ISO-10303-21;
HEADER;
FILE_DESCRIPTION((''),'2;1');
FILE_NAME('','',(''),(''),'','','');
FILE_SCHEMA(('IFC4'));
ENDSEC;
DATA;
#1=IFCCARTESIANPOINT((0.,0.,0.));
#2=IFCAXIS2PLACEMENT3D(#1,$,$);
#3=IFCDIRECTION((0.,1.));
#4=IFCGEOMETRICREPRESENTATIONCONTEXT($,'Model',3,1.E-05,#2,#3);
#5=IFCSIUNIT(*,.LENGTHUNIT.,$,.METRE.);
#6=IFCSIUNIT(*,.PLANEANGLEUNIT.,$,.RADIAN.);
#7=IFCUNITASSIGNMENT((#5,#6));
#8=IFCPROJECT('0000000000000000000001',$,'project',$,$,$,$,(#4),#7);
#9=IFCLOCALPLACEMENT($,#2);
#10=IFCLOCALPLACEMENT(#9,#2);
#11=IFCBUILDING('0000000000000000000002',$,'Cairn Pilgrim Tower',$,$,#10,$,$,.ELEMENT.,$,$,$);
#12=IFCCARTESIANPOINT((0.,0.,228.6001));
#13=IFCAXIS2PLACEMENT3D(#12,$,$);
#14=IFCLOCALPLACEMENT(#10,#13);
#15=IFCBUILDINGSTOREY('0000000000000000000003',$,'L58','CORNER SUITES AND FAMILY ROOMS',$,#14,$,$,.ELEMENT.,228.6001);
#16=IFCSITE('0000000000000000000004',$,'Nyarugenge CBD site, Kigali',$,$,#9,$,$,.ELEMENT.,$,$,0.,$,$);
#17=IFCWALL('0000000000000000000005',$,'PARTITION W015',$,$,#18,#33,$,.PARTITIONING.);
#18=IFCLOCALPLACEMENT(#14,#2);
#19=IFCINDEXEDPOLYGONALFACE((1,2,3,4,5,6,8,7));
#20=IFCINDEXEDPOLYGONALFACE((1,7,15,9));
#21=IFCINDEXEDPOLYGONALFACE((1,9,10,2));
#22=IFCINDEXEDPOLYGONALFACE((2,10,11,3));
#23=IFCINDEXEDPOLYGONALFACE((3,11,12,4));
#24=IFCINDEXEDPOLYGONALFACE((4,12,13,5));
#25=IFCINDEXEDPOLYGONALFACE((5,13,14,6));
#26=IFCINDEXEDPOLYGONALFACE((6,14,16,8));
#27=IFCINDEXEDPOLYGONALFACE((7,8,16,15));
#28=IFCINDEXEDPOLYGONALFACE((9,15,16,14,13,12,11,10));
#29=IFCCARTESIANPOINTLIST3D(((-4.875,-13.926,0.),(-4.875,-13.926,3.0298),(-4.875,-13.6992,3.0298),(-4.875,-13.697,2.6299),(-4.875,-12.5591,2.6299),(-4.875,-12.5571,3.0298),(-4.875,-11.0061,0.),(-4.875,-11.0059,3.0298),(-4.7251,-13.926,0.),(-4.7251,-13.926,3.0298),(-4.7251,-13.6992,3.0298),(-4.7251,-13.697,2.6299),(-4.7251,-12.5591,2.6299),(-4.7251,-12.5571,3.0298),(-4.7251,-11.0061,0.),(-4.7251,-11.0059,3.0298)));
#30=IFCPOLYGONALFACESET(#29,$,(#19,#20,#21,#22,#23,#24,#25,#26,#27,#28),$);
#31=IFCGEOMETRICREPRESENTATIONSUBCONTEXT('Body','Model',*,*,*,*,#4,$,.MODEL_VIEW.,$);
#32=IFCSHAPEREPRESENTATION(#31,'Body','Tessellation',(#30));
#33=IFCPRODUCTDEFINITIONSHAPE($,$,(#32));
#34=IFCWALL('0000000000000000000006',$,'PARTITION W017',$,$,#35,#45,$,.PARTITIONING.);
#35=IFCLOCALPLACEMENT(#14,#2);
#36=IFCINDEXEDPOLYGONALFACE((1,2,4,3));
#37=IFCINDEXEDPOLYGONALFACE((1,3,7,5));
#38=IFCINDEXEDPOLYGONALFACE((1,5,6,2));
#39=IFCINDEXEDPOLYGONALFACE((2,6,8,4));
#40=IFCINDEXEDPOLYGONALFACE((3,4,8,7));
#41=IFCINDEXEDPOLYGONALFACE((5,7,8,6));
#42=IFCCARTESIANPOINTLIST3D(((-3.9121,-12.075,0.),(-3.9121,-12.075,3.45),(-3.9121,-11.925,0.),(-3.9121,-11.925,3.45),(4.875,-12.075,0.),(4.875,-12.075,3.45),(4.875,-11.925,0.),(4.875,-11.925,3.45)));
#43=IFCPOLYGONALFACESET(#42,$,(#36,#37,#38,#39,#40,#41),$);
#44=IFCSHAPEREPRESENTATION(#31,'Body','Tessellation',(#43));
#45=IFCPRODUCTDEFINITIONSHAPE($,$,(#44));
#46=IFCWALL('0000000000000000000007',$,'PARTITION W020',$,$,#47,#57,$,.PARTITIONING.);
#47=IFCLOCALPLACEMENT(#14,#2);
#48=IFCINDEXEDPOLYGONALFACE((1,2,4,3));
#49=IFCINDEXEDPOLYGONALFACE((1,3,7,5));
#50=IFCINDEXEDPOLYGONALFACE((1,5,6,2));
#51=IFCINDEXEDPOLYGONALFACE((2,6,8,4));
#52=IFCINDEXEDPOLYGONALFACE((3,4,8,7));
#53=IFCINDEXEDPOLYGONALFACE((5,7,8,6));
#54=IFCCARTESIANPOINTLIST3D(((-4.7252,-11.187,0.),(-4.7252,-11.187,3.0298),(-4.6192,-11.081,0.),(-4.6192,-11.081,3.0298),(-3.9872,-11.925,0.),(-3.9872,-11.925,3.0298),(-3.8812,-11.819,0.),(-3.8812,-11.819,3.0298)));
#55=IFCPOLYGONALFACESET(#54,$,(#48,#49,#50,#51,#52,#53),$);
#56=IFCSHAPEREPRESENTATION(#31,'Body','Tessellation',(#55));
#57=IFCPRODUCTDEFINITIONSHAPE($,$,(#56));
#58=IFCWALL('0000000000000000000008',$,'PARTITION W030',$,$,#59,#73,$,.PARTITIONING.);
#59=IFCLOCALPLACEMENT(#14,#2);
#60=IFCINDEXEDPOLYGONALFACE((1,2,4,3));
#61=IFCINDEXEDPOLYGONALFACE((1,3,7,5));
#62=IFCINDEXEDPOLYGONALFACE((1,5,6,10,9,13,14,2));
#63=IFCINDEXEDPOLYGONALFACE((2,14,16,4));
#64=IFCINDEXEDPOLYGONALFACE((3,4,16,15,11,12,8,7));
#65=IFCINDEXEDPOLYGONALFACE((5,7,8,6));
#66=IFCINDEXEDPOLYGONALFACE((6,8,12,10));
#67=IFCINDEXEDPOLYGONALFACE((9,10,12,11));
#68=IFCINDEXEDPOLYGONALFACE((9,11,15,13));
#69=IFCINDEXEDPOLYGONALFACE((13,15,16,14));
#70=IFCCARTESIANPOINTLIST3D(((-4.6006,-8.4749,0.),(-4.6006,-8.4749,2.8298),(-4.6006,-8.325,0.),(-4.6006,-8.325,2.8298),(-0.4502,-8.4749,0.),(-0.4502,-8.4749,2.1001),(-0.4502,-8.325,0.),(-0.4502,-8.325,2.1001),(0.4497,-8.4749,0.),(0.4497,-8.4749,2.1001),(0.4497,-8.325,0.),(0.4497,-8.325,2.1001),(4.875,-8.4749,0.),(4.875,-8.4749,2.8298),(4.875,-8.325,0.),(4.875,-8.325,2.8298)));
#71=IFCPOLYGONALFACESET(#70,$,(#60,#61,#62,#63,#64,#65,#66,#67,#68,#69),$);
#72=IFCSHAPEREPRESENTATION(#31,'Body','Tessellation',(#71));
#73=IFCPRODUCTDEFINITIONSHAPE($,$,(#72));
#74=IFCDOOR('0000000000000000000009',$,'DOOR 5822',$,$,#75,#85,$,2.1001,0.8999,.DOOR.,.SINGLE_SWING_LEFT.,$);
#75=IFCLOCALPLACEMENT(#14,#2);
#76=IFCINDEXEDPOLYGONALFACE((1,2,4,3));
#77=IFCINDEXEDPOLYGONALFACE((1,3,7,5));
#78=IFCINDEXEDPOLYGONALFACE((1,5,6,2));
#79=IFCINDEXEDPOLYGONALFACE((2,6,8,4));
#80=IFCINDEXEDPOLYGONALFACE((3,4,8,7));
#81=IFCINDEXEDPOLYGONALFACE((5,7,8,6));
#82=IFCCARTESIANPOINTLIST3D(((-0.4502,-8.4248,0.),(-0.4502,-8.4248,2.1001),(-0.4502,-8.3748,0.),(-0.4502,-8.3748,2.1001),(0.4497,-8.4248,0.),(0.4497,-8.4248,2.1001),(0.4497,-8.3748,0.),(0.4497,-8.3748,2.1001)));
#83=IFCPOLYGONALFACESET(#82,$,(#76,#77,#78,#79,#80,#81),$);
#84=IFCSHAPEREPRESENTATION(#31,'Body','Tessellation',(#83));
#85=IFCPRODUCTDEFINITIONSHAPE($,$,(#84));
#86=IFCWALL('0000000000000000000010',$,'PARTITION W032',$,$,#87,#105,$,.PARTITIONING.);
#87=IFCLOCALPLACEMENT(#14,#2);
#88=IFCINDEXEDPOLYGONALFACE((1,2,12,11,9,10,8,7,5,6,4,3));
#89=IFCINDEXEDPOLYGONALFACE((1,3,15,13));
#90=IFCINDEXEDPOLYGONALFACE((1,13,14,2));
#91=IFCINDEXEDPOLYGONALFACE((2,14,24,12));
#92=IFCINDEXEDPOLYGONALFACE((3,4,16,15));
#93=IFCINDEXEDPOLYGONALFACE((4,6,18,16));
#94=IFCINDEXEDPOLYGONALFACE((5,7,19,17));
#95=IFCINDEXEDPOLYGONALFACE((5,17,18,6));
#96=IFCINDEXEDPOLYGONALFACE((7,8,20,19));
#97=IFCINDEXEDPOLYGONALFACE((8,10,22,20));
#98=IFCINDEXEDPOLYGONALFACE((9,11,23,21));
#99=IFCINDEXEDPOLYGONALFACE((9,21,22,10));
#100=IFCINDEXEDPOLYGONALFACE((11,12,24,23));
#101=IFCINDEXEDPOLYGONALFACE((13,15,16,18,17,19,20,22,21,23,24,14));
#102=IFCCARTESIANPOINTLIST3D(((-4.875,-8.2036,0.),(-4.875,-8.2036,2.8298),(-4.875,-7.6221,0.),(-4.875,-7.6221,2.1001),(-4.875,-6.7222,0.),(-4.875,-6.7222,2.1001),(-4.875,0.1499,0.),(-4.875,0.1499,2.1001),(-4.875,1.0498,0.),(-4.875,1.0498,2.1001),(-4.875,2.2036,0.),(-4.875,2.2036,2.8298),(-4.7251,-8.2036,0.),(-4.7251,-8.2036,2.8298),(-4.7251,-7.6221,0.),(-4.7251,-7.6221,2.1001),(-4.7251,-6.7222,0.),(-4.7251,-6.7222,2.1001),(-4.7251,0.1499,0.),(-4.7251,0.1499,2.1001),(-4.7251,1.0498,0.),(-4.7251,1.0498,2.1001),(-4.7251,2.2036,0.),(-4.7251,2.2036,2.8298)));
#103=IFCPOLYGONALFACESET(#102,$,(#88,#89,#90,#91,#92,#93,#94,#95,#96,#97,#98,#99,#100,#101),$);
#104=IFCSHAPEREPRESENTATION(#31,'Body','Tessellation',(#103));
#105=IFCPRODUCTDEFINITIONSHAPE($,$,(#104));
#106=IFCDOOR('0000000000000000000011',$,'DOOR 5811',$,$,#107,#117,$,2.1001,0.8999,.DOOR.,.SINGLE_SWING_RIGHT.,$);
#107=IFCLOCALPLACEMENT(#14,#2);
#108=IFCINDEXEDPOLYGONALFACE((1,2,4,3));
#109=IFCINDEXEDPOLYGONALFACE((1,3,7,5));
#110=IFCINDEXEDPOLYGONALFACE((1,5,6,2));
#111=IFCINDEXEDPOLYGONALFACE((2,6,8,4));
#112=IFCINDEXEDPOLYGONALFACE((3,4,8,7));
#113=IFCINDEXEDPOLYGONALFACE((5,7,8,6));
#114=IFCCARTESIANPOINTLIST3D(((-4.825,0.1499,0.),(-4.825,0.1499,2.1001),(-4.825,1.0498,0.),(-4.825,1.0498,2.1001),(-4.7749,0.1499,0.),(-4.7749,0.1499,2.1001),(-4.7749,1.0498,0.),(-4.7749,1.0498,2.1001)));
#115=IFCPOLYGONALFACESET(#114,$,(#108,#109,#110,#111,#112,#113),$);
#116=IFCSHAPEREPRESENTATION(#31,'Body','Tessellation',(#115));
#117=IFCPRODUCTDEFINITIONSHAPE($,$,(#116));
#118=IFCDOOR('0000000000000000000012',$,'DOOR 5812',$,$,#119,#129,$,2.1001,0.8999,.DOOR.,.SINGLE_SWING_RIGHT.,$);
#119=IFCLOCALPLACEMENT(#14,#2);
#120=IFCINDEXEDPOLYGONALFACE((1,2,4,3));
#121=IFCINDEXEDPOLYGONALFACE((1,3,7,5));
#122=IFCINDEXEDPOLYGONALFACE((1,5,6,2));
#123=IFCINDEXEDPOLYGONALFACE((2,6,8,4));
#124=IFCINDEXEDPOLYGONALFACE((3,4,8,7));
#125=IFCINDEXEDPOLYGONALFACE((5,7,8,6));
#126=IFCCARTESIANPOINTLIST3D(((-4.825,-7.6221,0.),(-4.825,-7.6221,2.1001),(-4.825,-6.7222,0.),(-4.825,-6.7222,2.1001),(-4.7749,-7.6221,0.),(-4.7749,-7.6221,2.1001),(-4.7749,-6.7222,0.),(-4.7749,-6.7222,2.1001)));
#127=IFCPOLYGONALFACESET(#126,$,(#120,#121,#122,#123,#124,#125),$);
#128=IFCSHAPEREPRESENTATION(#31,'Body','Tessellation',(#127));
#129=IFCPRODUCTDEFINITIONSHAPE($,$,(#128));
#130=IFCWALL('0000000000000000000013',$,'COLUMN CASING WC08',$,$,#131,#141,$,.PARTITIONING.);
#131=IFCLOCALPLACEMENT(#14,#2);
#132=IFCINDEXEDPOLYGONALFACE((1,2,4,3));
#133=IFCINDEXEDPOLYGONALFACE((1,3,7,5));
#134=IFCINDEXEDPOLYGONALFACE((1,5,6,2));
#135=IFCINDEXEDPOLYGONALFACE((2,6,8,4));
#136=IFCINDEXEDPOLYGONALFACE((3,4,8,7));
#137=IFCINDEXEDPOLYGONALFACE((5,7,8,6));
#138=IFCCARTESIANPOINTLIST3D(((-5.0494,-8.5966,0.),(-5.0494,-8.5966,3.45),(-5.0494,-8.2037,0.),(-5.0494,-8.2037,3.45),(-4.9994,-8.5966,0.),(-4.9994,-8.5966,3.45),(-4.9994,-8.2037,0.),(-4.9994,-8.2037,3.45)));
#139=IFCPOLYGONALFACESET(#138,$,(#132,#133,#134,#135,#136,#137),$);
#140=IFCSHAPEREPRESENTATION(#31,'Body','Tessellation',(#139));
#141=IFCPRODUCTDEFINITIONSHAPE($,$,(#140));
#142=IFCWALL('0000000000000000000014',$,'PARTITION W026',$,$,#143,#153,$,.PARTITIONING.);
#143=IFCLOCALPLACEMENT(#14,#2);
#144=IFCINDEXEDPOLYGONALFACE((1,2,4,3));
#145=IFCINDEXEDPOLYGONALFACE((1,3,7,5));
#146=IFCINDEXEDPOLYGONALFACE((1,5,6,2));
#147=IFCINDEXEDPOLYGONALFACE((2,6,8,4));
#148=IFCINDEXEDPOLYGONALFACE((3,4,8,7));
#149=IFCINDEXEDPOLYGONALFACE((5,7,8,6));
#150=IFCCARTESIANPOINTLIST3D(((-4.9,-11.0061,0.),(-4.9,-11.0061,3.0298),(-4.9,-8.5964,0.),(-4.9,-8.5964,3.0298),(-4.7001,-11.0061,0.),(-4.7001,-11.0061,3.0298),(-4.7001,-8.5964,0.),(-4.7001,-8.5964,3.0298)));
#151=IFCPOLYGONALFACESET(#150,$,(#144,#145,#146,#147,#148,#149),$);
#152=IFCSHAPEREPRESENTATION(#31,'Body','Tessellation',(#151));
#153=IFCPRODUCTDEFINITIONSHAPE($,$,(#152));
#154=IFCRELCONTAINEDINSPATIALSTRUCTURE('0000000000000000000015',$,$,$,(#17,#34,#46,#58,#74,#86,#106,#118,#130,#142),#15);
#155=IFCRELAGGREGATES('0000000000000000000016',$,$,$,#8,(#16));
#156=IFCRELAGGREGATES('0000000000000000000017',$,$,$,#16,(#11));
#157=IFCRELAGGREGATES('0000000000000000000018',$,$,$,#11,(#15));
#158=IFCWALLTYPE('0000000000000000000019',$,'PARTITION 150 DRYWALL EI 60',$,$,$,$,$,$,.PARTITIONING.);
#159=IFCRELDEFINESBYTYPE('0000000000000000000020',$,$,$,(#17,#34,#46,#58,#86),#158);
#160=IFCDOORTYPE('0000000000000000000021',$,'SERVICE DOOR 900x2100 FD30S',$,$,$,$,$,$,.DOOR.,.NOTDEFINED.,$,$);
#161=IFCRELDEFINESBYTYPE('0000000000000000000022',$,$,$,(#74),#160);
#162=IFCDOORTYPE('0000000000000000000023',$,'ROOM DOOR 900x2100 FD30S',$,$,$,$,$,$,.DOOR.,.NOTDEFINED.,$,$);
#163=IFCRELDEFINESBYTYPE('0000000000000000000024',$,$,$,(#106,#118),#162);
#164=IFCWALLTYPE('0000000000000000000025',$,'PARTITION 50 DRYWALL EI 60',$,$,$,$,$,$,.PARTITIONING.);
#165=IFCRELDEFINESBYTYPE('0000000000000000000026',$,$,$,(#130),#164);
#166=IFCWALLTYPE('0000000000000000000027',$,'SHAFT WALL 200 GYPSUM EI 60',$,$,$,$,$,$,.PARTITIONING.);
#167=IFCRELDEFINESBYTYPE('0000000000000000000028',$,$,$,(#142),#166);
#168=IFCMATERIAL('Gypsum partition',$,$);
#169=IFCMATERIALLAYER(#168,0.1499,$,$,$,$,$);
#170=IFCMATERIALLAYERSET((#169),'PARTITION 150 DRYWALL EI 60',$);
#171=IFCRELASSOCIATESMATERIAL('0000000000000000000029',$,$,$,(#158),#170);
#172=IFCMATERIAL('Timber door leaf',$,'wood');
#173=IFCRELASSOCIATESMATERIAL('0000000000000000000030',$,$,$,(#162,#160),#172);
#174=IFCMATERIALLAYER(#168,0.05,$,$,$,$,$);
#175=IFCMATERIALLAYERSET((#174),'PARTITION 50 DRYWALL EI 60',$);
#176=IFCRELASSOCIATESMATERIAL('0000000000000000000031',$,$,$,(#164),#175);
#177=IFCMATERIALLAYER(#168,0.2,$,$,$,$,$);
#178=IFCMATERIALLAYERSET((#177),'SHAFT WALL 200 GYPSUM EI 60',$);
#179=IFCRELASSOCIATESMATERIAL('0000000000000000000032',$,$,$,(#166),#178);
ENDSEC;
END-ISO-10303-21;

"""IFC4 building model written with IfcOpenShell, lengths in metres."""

from ifc_helpers import new_model, si_unit, direction, frame, frame_2d, origin, place, context, subcontext, project, spatial, polyline, rectangle, outline, extrude, material, layer, layer_set, type_object, element, fill, save


model = new_model("IFC4")

# Units and contexts
model_context = context("Model", 3, precision=1e-05, world=origin(), true_north=direction((0.0, 1.0)))
body_context = subcontext(model_context, "Body", "Model", "MODEL_VIEW")
ifc_project = project(units=[si_unit("LENGTHUNIT", "METRE"), si_unit("PLANEANGLEUNIT", "RADIAN")], contexts=[model_context])

# Site, building, storey
site_placement = place(None, origin())
site = spatial("IfcSite", under=ifc_project, at=site_placement, Name="Nyarugenge CBD site, Kigali", CompositionType="ELEMENT", RefElevation=0.0)
building_placement = place(site_placement, origin())
building = spatial("IfcBuilding", under=site, at=building_placement, Name="Cairn Pilgrim Tower", CompositionType="ELEMENT")
storey_placement = place(building_placement, frame((0.0, 0.0, 228.6001)))
storey = spatial("IfcBuildingStorey", under=building, at=storey_placement, Name="L58", Description="CORNER SUITES AND FAMILY ROOMS", CompositionType="ELEMENT", Elevation=228.6001)

# Shared definitions
ifc_material_1 = material(Name="Gypsum partition")
ifc_layer_1 = layer(ifc_material_1, 0.1499)
ifc_layer_set_1 = layer_set([ifc_layer_1], Name="PARTITION 150 DRYWALL EI 60")
wall_type_1 = type_object("IfcWallType", Name="PARTITION 150 DRYWALL EI 60", PredefinedType="PARTITIONING", material=ifc_layer_set_1)
ifc_material_2 = material(Name="Timber door leaf", Category="wood")
door_type_1 = type_object("IfcDoorType", Name="ROOM DOOR 900x2100 FD30S", OperationType="NOTDEFINED", PredefinedType="DOOR", material=ifc_material_2)

# Walls
wall_1_placement = place(storey_placement, frame((-4.8, -13.926, 0.0), z_axis=(0.0, 0.0, 1.0), x_axis=(0.0, 1.0, 0.0)))
element("IfcWall", 1, at=wall_1_placement, inside=storey, type_object=wall_type_1, Name="PARTITION W015", PredefinedType="PARTITIONING", context=body_context, shape_type="SweptSolid", body=[
    extrude(outline(polyline([(0.0, 0.0), (2.9199, 0.0), (2.9202, 3.0298), (1.3689, 3.0298), (1.3669, 2.6299), (0.229, 2.6299), (0.2268, 3.0298), (0.0, 3.0298), (0.0, 0.0)])), frame((0.0, 0.075, 0.0), z_axis=(0.0, -1.0, 0.0), x_axis=(1.0, 0.0, 0.0)), (0.0, 0.0, 1.0), 0.1499),
])
wall_2_placement = place(storey_placement, frame((-3.9121, -12.0, 0.0), z_axis=(0.0, 0.0, 1.0), x_axis=(1.0, 0.0, 0.0)))
element("IfcWall", 2, at=wall_2_placement, inside=storey, type_object=wall_type_1, Name="PARTITION W017", PredefinedType="PARTITIONING", context=body_context, shape_type="SweptSolid", body=[
    extrude(rectangle(XDim=8.7871, YDim=0.1499, at=frame_2d((4.3936, 0.0))), origin(), (0.0, 0.0, 1.0), 3.45),
])
wall_3_placement = place(storey_placement, frame((-3.9341, -11.8721, 0.0), z_axis=(0.0, 0.0, 1.0), x_axis=(-0.707107, 0.707107, 0.0)))
element("IfcWall", 3, at=wall_3_placement, inside=storey, type_object=wall_type_1, Name="PARTITION W020", PredefinedType="PARTITIONING", context=body_context, shape_type="SweptSolid", body=[
    extrude(rectangle(XDim=1.0437, YDim=0.1499, at=frame_2d((0.522, 0.0))), origin(), (0.0, 0.0, 1.0), 3.0298),
])

# Wall, opening, door
wall_4_placement = place(storey_placement, frame((-4.6006, -8.3999, 0.0), z_axis=(0.0, 0.0, 1.0), x_axis=(1.0, 0.0, 0.0)))
wall_4 = element("IfcWall", 4, at=wall_4_placement, inside=storey, type_object=wall_type_1, Name="PARTITION W030", PredefinedType="PARTITIONING", context=body_context, shape_type="SweptSolid", body=[
    extrude(rectangle(XDim=9.4756, YDim=0.1499, at=frame_2d((4.7378, 0.0))), origin(), (0.0, 0.0, 1.0), 2.8298),
])
opening_1_placement = place(wall_4_placement, frame((4.1504, 0.0, 0.0)))
opening_1 = element("IfcOpeningElement", 5, at=opening_1_placement, cuts=wall_4, PredefinedType="OPENING", context=body_context, shape_type="SweptSolid", body=[
    extrude(rectangle(XDim=0.8999, YDim=2.1001, at=frame_2d((0.45, 1.05))), frame((0.0, 0.085, 0.0), z_axis=(0.0, -1.0, 0.0), x_axis=(1.0, 0.0, 0.0)), (0.0, 0.0, 1.0), 0.1699),
])
door_type_2 = type_object("IfcDoorType", Name="SERVICE DOOR 900x2100 FD30S", OperationType="NOTDEFINED", PredefinedType="DOOR", material=ifc_material_2)
door_1_placement = place(opening_1_placement, frame((0.8999, 0.0, 0.0), z_axis=(0.0, 0.0, 1.0), x_axis=(-1.0, 0.0, 0.0)))
door_1 = element("IfcDoor", 6, at=door_1_placement, inside=storey, type_object=door_type_2, Name="DOOR 5822", OperationType="SINGLE_SWING_LEFT", OverallHeight=2.1001, OverallWidth=0.8999, PredefinedType="DOOR", context=body_context, shape_type="SweptSolid", body=[
    extrude(rectangle(XDim=0.8999, YDim=2.1001, at=frame_2d((0.45, 1.05))), frame((0.0, 0.0249, 0.0), z_axis=(0.0, -1.0, 0.0), x_axis=(1.0, 0.0, 0.0)), (0.0, 0.0, 1.0), 0.05),
])
fill(opening_1, door_1)

# Wall, openings, doors
wall_5_placement = place(storey_placement, frame((-4.8, -8.2036, 0.0), z_axis=(0.0, 0.0, 1.0), x_axis=(0.0, 1.0, 0.0)))
wall_5 = element("IfcWall", 7, at=wall_5_placement, inside=storey, type_object=wall_type_1, Name="PARTITION W032", PredefinedType="PARTITIONING", context=body_context, shape_type="SweptSolid", body=[
    extrude(rectangle(XDim=10.4072, YDim=0.1499, at=frame_2d((5.2036, 0.0))), origin(), (0.0, 0.0, 1.0), 2.8298),
])
opening_2_placement = place(wall_5_placement, frame((8.3535, 0.0, 0.0)))
opening_2 = element("IfcOpeningElement", 8, at=opening_2_placement, cuts=wall_5, PredefinedType="OPENING", context=body_context, shape_type="SweptSolid", body=[
    extrude(rectangle(XDim=0.8999, YDim=2.1001, at=frame_2d((0.45, 1.05))), frame((0.0, 0.085, 0.0), z_axis=(0.0, -1.0, 0.0), x_axis=(1.0, 0.0, 0.0)), (0.0, 0.0, 1.0), 0.1699),
])
opening_3_placement = place(wall_5_placement, frame((0.5815, 0.0, 0.0)))
opening_3 = element("IfcOpeningElement", 9, at=opening_3_placement, cuts=wall_5, PredefinedType="OPENING", context=body_context, shape_type="SweptSolid", body=[
    extrude(rectangle(XDim=0.8999, YDim=2.1001, at=frame_2d((0.45, 1.05))), frame((0.0, 0.085, 0.0), z_axis=(0.0, -1.0, 0.0), x_axis=(1.0, 0.0, 0.0)), (0.0, 0.0, 1.0), 0.1699),
])
door_2_placement = place(opening_2_placement, origin())
door_2 = element("IfcDoor", 10, at=door_2_placement, inside=storey, type_object=door_type_1, Name="DOOR 5811", OperationType="SINGLE_SWING_RIGHT", OverallHeight=2.1001, OverallWidth=0.8999, PredefinedType="DOOR", context=body_context, shape_type="SweptSolid", body=[
    extrude(rectangle(XDim=0.8999, YDim=2.1001, at=frame_2d((0.45, 1.05))), frame((0.0, 0.0249, 0.0), z_axis=(0.0, -1.0, 0.0), x_axis=(1.0, 0.0, 0.0)), (0.0, 0.0, 1.0), 0.05),
])
fill(opening_2, door_2)
door_3_placement = place(opening_3_placement, origin())
door_3 = element("IfcDoor", 11, at=door_3_placement, inside=storey, type_object=door_type_1, Name="DOOR 5812", OperationType="SINGLE_SWING_RIGHT", OverallHeight=2.1001, OverallWidth=0.8999, PredefinedType="DOOR", context=body_context, shape_type="SweptSolid", body=[
    extrude(rectangle(XDim=0.8999, YDim=2.1001, at=frame_2d((0.45, 1.05))), frame((0.0, 0.0249, 0.0), z_axis=(0.0, -1.0, 0.0), x_axis=(1.0, 0.0, 0.0)), (0.0, 0.0, 1.0), 0.05),
])
fill(opening_3, door_3)

# Walls
ifc_layer_2 = layer(ifc_material_1, 0.05)
ifc_layer_set_2 = layer_set([ifc_layer_2], Name="PARTITION 50 DRYWALL EI 60")
wall_type_2 = type_object("IfcWallType", Name="PARTITION 50 DRYWALL EI 60", PredefinedType="PARTITIONING", material=ifc_layer_set_2)
wall_6_placement = place(storey_placement, frame((-5.0244, -8.5964, 0.0), z_axis=(0.0, 0.0, 1.0), x_axis=(0.0, 1.0, 0.0)))
element("IfcWall", 12, at=wall_6_placement, inside=storey, type_object=wall_type_2, Name="COLUMN CASING WC08", PredefinedType="PARTITIONING", context=body_context, shape_type="SweptSolid", body=[
    extrude(rectangle(XDim=0.3928, YDim=0.05, at=frame_2d((0.1963, 0.0))), origin(), (0.0, 0.0, 1.0), 3.45),
])
ifc_layer_3 = layer(ifc_material_1, 0.2)
ifc_layer_set_3 = layer_set([ifc_layer_3], Name="SHAFT WALL 200 GYPSUM EI 60")
wall_type_3 = type_object("IfcWallType", Name="SHAFT WALL 200 GYPSUM EI 60", PredefinedType="PARTITIONING", material=ifc_layer_set_3)
wall_7_placement = place(storey_placement, frame((-4.8, -11.0061, 0.0), z_axis=(0.0, 0.0, 1.0), x_axis=(0.0, 1.0, 0.0)))
element("IfcWall", 13, at=wall_7_placement, inside=storey, type_object=wall_type_3, Name="PARTITION W026", PredefinedType="PARTITIONING", context=body_context, shape_type="SweptSolid", body=[
    extrude(rectangle(XDim=2.4097, YDim=0.2, at=frame_2d((1.2048, 0.0))), origin(), (0.0, 0.0, 1.0), 3.0298),
])

save(model, "model.ifc")
